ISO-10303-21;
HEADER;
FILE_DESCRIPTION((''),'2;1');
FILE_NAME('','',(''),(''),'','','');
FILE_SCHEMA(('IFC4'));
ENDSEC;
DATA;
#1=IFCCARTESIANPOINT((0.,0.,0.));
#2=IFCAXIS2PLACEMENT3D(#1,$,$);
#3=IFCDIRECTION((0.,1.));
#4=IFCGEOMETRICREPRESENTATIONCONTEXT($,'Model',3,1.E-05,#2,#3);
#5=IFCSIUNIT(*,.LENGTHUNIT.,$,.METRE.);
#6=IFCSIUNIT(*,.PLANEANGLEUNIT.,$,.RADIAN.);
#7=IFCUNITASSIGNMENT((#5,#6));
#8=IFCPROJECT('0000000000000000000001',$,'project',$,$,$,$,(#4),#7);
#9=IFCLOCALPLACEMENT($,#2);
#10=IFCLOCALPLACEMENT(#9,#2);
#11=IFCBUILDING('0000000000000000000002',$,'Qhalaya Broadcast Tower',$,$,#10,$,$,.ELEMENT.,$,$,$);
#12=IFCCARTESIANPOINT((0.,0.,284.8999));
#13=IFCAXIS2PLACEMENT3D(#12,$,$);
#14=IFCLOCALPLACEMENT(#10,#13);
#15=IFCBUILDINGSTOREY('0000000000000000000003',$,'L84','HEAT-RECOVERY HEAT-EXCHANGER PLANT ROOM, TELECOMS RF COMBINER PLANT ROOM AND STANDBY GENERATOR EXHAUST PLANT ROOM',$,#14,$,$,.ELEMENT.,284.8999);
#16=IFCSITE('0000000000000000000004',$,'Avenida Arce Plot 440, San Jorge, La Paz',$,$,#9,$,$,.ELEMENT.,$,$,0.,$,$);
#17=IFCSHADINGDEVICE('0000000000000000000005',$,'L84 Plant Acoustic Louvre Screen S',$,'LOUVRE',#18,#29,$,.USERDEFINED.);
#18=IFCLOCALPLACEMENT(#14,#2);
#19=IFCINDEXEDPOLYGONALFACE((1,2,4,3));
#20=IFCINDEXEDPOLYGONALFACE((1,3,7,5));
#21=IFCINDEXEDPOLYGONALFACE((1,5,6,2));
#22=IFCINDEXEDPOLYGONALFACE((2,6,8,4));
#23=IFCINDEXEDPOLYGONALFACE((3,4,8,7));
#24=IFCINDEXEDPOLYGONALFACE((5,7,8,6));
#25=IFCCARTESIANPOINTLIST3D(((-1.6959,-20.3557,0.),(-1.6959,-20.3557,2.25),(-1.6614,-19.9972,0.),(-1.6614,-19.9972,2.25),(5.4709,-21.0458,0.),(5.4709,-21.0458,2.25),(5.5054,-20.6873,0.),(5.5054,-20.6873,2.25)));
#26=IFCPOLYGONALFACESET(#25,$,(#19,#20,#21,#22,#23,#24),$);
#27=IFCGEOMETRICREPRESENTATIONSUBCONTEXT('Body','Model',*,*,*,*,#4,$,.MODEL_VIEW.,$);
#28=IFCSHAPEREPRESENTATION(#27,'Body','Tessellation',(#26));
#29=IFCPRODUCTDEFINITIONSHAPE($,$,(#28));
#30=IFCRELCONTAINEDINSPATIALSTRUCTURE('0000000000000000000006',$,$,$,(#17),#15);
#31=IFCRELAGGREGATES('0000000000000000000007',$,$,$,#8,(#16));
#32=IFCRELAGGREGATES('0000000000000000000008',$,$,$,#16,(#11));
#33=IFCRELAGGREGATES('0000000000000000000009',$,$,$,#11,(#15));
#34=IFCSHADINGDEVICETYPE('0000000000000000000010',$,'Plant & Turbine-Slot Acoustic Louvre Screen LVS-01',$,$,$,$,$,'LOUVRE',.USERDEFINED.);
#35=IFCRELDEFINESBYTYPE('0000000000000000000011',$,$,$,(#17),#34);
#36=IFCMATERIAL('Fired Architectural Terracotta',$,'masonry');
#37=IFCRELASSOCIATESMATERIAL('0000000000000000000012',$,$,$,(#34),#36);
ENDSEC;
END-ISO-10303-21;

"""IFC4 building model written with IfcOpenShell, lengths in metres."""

from ifc_helpers import new_model, si_unit, direction, frame, origin, origin_2d, place, context, subcontext, project, spatial, rectangle, extrude, material, type_object, element, save


model = new_model("IFC4")

# Units and contexts
model_context = context("Model", 3, precision=1e-05, world=origin(), true_north=direction((0.0, 1.0)))
body_context = subcontext(model_context, "Body", "Model", "MODEL_VIEW")
ifc_project = project(units=[si_unit("LENGTHUNIT", "METRE"), si_unit("PLANEANGLEUNIT", "RADIAN")], contexts=[model_context])

# Site, building, storey
site_placement = place(None, origin())
site = spatial("IfcSite", under=ifc_project, at=site_placement, Name="Avenida Arce Plot 440, San Jorge, La Paz", CompositionType="ELEMENT", RefElevation=0.0)
building_placement = place(site_placement, origin())
building = spatial("IfcBuilding", under=site, at=building_placement, Name="Qhalaya Broadcast Tower", CompositionType="ELEMENT")
storey_placement = place(building_placement, frame((0.0, 0.0, 284.8999)))
storey = spatial("IfcBuildingStorey", under=building, at=storey_placement, Name="L84", Description="HEAT-RECOVERY HEAT-EXCHANGER PLANT ROOM, TELECOMS RF COMBINER PLANT ROOM AND STANDBY GENERATOR EXHAUST PLANT ROOM", CompositionType="ELEMENT", Elevation=284.8999)

# Shading device
ifc_material_1 = material(Name="Fired Architectural Terracotta", Category="masonry")
shading_device_type = type_object("IfcShadingDeviceType", Name="Plant & Turbine-Slot Acoustic Louvre Screen LVS-01", ElementType="LOUVRE", PredefinedType="USERDEFINED", material=ifc_material_1)
shading_device_placement = place(storey_placement, frame((1.9048, -20.5215, 0.0), z_axis=(0.0, 0.0, 1.0), x_axis=(-0.995396, 0.095846, 0.0)))
element("IfcShadingDevice", 1, at=shading_device_placement, inside=storey, type_object=shading_device_type, Name="L84 Plant Acoustic Louvre Screen S", ObjectType="LOUVRE", PredefinedType="USERDEFINED", context=body_context, shape_type="SweptSolid", body=[
    extrude(rectangle(XDim=7.2, YDim=0.3601, at=origin_2d()), origin(), (0.0, 0.0, 1.0), 2.25),
])

save(model, "model.ifc")
